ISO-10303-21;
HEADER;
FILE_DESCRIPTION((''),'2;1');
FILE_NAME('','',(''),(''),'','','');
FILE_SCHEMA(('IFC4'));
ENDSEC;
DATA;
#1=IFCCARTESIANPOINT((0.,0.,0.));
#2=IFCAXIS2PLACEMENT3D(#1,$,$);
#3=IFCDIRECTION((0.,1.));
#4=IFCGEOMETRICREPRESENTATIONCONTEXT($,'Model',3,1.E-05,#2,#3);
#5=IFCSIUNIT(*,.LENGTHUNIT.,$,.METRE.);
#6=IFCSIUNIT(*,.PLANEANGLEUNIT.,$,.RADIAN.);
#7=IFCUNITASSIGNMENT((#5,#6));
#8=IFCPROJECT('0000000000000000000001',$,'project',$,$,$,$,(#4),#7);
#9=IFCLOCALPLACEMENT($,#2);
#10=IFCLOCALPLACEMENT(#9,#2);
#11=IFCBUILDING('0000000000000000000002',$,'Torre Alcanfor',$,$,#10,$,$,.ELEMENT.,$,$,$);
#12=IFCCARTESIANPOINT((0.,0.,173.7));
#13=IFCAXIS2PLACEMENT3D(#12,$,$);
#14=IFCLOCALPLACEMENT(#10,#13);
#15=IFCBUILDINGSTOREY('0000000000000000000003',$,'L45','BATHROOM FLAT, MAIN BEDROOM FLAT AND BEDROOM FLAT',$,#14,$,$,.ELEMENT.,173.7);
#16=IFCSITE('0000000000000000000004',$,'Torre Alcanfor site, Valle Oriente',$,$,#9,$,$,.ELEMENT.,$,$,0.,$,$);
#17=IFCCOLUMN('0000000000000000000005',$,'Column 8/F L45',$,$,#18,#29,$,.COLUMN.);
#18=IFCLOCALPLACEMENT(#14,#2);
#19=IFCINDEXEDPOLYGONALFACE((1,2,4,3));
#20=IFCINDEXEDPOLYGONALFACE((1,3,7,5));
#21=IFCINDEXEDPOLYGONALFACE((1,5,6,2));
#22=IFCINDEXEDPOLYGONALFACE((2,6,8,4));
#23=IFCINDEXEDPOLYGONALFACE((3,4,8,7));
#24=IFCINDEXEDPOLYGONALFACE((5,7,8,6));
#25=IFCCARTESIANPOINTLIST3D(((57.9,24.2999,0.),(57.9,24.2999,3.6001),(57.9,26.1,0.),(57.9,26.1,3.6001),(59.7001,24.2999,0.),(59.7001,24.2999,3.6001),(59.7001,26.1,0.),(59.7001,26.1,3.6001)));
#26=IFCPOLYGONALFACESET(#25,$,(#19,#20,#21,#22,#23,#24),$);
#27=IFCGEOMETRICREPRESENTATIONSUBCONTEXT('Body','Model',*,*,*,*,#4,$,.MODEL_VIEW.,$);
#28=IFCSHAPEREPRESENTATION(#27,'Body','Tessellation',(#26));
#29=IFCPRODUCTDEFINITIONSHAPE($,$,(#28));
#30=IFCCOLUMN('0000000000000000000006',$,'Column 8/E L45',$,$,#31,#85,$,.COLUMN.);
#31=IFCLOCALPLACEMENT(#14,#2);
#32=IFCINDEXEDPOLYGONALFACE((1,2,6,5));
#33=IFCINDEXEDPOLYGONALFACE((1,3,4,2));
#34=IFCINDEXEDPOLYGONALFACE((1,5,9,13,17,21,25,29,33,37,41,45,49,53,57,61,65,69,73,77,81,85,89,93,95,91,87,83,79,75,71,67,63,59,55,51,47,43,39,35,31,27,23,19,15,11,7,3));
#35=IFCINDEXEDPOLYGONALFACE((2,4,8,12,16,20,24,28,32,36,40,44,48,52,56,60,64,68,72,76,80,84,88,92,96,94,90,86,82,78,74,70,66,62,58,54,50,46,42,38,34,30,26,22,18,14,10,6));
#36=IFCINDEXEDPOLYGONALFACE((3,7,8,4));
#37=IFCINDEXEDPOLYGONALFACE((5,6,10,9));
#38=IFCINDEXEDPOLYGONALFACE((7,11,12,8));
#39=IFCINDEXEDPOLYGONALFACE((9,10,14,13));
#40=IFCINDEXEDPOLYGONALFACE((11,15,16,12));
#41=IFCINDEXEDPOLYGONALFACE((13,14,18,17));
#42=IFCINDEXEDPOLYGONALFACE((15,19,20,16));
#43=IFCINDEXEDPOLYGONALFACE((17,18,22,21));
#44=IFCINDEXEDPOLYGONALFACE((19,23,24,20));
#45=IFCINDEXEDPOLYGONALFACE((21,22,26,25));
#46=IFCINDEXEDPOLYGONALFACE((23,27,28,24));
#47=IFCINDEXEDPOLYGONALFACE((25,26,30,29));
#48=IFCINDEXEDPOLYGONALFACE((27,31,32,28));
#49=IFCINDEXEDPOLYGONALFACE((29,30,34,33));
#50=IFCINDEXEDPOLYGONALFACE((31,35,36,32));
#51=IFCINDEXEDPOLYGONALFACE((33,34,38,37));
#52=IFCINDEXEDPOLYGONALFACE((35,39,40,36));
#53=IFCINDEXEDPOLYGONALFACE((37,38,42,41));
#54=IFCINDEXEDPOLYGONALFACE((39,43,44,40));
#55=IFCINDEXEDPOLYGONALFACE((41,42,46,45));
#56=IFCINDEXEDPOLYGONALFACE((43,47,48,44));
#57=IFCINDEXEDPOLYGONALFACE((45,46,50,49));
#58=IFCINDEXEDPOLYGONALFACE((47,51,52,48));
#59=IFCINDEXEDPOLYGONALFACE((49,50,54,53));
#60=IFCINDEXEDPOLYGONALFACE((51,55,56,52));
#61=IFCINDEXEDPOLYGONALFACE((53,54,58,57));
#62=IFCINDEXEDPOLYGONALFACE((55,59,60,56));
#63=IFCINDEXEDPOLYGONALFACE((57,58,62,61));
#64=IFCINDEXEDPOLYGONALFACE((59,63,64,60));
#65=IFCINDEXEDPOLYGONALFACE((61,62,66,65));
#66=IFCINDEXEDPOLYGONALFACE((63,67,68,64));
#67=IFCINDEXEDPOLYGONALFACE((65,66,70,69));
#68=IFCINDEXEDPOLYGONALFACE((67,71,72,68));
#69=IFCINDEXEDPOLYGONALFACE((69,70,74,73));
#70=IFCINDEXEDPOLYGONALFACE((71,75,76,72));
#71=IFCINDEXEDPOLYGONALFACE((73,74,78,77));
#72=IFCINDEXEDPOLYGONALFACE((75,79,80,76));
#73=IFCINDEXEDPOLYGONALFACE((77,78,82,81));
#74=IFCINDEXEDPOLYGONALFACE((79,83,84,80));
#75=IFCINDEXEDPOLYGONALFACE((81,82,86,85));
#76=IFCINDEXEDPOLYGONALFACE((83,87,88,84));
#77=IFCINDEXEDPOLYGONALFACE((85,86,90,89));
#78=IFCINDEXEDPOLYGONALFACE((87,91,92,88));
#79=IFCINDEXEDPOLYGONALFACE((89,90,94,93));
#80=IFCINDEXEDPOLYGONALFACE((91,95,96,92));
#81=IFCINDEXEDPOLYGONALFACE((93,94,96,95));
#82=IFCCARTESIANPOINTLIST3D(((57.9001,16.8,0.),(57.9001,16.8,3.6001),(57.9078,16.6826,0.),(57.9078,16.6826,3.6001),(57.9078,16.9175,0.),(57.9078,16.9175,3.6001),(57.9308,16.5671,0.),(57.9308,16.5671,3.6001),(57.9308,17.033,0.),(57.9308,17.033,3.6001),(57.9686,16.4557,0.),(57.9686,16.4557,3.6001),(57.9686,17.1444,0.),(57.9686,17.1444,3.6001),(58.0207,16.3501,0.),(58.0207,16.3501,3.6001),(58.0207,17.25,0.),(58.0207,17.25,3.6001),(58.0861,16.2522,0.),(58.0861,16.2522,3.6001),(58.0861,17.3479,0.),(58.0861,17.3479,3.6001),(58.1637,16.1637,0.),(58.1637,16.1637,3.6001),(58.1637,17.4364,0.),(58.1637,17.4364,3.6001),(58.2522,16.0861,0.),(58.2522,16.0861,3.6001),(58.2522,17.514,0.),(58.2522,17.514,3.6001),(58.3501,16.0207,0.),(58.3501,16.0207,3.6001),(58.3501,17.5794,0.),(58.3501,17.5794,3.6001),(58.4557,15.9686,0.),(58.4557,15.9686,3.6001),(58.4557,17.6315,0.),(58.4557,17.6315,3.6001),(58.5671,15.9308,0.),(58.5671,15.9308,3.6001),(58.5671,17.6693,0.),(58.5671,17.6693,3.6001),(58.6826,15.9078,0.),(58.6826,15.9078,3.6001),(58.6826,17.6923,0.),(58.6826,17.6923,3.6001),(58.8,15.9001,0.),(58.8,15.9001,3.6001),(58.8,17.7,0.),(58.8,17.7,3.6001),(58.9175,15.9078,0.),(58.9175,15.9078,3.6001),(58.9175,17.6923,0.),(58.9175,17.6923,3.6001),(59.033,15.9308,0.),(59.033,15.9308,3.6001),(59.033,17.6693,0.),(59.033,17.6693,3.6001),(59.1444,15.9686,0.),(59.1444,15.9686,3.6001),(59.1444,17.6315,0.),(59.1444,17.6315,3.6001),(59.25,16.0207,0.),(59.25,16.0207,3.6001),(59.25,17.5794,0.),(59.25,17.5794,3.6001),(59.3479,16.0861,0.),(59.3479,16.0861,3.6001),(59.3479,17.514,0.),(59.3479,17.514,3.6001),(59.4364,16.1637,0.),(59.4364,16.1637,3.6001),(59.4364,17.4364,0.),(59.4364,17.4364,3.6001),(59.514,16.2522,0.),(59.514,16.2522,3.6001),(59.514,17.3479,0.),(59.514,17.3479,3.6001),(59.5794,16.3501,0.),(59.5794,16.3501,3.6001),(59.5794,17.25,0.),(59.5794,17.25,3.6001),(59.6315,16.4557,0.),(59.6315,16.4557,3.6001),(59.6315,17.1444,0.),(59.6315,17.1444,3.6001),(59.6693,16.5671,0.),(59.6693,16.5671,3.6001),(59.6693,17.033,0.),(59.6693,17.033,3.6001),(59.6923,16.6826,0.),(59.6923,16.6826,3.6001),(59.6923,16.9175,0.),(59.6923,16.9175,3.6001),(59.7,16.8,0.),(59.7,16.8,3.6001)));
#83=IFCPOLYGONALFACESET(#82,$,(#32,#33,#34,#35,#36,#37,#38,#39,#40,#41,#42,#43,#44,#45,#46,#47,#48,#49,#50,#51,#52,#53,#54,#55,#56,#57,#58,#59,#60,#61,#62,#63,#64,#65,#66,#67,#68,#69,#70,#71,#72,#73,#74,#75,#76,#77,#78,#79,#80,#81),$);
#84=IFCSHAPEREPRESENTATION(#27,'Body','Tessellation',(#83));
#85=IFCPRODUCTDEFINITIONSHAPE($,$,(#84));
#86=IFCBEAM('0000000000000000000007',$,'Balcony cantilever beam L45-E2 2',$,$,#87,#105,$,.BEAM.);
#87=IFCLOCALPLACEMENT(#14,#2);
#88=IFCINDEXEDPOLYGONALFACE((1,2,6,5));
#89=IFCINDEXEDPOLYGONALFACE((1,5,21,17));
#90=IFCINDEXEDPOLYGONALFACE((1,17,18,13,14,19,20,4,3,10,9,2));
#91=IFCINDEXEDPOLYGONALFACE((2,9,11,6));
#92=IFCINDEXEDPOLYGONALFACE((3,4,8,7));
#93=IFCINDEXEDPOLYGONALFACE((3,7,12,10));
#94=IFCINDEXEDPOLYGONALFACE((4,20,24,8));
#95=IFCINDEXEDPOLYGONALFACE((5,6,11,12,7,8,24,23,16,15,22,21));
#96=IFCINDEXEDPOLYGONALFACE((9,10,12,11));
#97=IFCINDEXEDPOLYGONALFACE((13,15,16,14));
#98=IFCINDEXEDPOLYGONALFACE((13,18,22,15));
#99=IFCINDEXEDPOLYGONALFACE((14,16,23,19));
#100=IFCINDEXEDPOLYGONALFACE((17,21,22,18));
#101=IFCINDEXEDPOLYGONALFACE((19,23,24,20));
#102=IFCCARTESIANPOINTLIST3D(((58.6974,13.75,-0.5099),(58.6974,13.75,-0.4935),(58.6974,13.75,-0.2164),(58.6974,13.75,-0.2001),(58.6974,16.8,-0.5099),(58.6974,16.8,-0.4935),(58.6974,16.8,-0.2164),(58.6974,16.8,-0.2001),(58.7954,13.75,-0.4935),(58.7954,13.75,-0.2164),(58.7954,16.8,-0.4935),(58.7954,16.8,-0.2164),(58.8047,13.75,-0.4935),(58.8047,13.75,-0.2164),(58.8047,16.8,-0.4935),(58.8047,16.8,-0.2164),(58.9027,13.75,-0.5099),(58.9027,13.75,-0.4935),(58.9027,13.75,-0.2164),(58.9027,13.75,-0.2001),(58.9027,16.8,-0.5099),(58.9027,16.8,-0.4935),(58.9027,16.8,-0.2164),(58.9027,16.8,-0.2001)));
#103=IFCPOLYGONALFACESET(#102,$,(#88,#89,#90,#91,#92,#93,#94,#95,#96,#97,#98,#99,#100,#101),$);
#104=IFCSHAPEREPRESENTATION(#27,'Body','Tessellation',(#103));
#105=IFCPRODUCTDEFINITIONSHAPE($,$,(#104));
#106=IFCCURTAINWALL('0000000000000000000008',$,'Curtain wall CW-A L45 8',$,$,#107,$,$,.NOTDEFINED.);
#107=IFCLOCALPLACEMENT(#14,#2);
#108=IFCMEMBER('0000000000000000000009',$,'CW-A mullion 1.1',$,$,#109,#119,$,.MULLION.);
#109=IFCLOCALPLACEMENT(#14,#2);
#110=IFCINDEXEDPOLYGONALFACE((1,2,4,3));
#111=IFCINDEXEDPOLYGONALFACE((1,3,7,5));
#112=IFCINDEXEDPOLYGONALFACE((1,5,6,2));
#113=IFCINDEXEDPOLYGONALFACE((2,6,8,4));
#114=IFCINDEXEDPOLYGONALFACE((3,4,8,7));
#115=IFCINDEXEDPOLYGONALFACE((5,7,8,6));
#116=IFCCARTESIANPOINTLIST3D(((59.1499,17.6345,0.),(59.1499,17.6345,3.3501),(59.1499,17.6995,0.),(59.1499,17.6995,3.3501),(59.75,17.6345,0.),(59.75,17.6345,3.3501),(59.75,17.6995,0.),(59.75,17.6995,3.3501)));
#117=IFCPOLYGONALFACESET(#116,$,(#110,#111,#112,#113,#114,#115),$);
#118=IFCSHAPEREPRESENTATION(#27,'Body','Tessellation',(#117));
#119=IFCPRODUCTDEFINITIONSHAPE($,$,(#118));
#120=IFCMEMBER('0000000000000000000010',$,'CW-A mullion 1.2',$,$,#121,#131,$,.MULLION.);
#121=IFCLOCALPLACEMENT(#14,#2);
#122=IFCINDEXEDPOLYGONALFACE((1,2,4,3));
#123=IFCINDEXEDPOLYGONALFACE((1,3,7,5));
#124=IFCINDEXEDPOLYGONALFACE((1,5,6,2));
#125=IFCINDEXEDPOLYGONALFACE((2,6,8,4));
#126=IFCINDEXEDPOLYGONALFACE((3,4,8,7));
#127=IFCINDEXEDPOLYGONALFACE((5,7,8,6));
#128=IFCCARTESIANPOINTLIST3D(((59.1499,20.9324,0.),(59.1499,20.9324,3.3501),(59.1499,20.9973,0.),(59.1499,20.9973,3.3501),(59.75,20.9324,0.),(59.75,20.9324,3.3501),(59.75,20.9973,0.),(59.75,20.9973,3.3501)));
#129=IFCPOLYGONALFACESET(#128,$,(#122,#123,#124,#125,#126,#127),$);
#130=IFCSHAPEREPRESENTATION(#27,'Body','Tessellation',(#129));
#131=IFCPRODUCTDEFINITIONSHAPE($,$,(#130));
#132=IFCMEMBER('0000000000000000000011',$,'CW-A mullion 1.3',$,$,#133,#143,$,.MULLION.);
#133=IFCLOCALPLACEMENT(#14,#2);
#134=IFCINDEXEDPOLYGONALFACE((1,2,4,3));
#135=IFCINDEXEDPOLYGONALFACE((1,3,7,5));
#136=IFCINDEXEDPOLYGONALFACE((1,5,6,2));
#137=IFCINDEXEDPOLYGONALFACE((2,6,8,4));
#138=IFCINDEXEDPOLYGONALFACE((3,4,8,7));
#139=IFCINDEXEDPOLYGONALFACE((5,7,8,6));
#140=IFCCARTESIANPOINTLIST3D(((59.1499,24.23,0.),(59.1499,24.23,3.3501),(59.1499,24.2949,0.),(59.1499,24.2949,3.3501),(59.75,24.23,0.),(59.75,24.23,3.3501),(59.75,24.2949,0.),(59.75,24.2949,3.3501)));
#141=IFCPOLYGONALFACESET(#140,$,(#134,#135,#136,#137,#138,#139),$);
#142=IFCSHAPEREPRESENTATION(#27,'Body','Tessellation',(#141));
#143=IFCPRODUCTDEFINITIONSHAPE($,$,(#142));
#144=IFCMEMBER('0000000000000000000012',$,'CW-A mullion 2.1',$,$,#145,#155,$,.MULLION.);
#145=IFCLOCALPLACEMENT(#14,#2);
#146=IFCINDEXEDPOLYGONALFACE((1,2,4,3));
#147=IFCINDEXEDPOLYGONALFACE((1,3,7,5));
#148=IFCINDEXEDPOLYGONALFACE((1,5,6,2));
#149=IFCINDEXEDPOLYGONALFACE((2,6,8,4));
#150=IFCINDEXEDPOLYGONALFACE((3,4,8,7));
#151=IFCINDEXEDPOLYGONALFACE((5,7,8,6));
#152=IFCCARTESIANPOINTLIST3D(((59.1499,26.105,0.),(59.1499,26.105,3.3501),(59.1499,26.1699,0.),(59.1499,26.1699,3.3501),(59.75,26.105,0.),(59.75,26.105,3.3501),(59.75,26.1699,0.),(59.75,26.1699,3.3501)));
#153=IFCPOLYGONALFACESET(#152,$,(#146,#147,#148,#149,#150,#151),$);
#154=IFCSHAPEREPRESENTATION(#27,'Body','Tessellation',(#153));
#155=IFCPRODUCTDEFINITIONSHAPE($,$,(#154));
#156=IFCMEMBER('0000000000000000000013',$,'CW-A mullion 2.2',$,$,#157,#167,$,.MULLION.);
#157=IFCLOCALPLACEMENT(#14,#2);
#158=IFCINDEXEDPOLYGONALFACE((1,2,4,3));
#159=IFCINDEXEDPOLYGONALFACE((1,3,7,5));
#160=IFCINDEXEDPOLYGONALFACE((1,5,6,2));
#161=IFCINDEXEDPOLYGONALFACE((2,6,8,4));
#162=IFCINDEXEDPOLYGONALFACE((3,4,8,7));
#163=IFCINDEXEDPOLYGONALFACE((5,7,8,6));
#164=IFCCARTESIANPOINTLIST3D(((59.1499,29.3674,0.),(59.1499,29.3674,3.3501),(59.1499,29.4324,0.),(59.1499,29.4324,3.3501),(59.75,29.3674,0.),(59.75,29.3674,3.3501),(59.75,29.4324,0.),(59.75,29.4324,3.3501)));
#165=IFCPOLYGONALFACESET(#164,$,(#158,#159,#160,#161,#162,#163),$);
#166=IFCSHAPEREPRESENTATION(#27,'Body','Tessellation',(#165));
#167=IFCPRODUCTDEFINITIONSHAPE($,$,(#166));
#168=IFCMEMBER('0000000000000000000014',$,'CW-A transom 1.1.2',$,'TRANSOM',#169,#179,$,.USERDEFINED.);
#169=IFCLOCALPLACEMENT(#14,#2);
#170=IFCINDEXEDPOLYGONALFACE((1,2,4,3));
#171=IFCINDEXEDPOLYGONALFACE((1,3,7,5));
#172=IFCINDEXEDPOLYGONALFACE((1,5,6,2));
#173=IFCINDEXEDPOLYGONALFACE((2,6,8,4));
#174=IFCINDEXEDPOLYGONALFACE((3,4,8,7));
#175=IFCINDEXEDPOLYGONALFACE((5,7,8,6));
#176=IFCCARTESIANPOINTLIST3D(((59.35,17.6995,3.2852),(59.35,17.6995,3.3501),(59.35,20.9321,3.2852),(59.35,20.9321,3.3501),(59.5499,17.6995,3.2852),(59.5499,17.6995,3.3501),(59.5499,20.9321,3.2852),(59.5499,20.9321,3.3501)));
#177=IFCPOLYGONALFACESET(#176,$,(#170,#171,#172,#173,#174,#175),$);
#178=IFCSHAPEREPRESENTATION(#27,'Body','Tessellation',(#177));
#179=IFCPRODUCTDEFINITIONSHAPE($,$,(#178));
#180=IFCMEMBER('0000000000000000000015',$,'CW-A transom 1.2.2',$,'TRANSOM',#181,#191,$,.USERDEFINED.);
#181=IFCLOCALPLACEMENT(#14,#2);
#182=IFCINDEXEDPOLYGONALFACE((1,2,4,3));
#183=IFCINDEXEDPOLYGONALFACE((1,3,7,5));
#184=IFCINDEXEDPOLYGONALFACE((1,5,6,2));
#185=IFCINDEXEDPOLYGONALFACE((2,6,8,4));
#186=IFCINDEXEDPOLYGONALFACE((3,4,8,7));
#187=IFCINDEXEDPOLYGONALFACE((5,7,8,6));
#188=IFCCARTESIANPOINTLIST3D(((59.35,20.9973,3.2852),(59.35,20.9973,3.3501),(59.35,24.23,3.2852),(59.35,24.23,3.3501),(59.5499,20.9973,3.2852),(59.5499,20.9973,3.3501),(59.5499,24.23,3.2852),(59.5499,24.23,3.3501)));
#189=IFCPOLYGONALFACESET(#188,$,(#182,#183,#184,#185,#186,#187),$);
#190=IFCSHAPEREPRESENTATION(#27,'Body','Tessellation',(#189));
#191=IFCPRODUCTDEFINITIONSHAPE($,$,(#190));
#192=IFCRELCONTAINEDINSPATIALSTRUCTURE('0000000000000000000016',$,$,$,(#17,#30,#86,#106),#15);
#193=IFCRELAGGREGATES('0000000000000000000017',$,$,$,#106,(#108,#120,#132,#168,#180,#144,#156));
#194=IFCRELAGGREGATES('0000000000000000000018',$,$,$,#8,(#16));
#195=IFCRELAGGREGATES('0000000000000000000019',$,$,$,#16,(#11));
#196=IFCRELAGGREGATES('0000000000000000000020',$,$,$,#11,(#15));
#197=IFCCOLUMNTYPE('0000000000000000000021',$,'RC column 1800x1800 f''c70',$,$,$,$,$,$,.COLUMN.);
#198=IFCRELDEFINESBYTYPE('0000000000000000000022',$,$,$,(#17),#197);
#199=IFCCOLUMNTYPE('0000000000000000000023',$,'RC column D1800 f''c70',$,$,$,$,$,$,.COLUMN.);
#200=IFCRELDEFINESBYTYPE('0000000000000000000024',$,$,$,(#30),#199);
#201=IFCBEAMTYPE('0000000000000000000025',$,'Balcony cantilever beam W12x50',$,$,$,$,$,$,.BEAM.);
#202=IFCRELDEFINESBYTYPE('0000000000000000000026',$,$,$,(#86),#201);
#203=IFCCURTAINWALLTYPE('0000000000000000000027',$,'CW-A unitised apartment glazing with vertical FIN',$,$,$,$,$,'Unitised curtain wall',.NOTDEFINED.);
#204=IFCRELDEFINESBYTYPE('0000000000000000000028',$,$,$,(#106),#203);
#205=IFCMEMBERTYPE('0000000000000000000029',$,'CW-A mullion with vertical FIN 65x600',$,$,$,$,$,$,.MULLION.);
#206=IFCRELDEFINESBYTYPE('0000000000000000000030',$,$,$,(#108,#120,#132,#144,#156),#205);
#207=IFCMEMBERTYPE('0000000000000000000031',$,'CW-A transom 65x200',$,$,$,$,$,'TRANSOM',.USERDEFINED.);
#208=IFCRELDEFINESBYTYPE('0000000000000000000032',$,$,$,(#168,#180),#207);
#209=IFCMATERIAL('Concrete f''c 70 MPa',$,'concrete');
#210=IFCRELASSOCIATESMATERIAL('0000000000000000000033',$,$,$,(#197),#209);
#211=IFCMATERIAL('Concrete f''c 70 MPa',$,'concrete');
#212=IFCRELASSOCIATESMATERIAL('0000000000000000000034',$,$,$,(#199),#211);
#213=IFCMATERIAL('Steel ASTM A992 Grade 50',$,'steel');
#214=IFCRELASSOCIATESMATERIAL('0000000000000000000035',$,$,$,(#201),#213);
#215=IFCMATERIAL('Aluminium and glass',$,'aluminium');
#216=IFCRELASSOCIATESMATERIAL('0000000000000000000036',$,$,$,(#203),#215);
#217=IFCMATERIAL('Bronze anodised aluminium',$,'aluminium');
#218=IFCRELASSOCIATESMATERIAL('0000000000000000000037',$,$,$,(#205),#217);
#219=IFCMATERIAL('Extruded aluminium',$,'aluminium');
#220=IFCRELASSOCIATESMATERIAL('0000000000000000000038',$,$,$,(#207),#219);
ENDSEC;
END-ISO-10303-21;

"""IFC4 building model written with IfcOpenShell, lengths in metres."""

from ifc_helpers import new_model, si_unit, direction, frame, origin, origin_2d, place, context, subcontext, project, spatial, rectangle, circle, i_section, extrude, material, material_profile, profile_set, type_object, element, aggregate, save


model = new_model("IFC4")

# Units and contexts
model_context = context("Model", 3, precision=1e-05, world=origin(), true_north=direction((0.0, 1.0)))
body_context = subcontext(model_context, "Body", "Model", "MODEL_VIEW")
ifc_project = project(units=[si_unit("LENGTHUNIT", "METRE"), si_unit("PLANEANGLEUNIT", "RADIAN")], contexts=[model_context])

# Site, building, storey
site_placement = place(None, origin())
site = spatial("IfcSite", under=ifc_project, at=site_placement, Name="Torre Alcanfor site, Valle Oriente", CompositionType="ELEMENT", RefElevation=0.0)
building_placement = place(site_placement, origin())
building = spatial("IfcBuilding", under=site, at=building_placement, Name="Torre Alcanfor", CompositionType="ELEMENT")
storey_placement = place(building_placement, frame((0.0, 0.0, 173.7)))
storey = spatial("IfcBuildingStorey", under=building, at=storey_placement, Name="L45", Description="BATHROOM FLAT, MAIN BEDROOM FLAT AND BEDROOM FLAT", CompositionType="ELEMENT", Elevation=173.7)

# Columns
ifc_material_1 = material(Name="Concrete f'c 70 MPa", Category="concrete")
ifc_material_profile_1 = material_profile(ifc_material_1, rectangle(XDim=1.8, YDim=1.8, at=origin_2d()), Name="1800x1800")
ifc_profile_set_1 = profile_set([ifc_material_profile_1], Name="Concrete f'c 70 MPa")
column_type_1 = type_object("IfcColumnType", Name="RC column 1800x1800 f'c70", PredefinedType="COLUMN", material=ifc_profile_set_1)
column_1_placement = place(storey_placement, frame((58.8, 25.2, 0.0), z_axis=(0.0, 0.0, 1.0), x_axis=(1.0, 0.0, 0.0)))
element("IfcColumn", 1, at=column_1_placement, inside=storey, type_object=column_type_1, Name="Column 8/F L45", PredefinedType="COLUMN", context=body_context, shape_type="SweptSolid", body=[
    extrude(rectangle(XDim=1.8, YDim=1.8, at=origin_2d()), origin(), (0.0, 0.0, 1.0), 3.6001),
])
ifc_material_2 = material(Name="Concrete f'c 70 MPa", Category="concrete")
ifc_material_profile_2 = material_profile(ifc_material_2, circle(Radius=0.8999, at=origin_2d()), Name="D1800")
ifc_profile_set_2 = profile_set([ifc_material_profile_2], Name="Concrete f'c 70 MPa")
column_type_2 = type_object("IfcColumnType", Name="RC column D1800 f'c70", PredefinedType="COLUMN", material=ifc_profile_set_2)
column_2_placement = place(storey_placement, frame((58.8, 16.8, 0.0), z_axis=(0.0, 0.0, 1.0), x_axis=(1.0, 0.0, 0.0)))
element("IfcColumn", 2, at=column_2_placement, inside=storey, type_object=column_type_2, Name="Column 8/E L45", PredefinedType="COLUMN", context=body_context, shape_type="SweptSolid", body=[
    extrude(circle(Radius=0.8999, at=origin_2d()), origin(), (0.0, 0.0, 1.0), 3.6001),
])

# Beam
ifc_material_3 = material(Name="Steel ASTM A992 Grade 50", Category="steel")
ifc_material_profile_3 = material_profile(ifc_material_3, i_section(OverallWidth=0.2053, OverallDepth=0.3098, WebThickness=0.0093, FlangeThickness=0.0164, at=origin_2d()), Name="W12x50")
ifc_profile_set_3 = profile_set([ifc_material_profile_3], Name="Steel ASTM A992 Grade 50")
beam_type_1 = type_object("IfcBeamType", Name="Balcony cantilever beam W12x50", PredefinedType="BEAM", material=ifc_profile_set_3)
beam_1_placement = place(storey_placement, frame((58.8, 16.8, -0.355), z_axis=(0.0, -1.0, 0.0), x_axis=(1.0, 0.0, 0.0)))
element("IfcBeam", 3, at=beam_1_placement, inside=storey, type_object=beam_type_1, Name="Balcony cantilever beam L45-E2 2", PredefinedType="BEAM", context=body_context, shape_type="SweptSolid", body=[
    extrude(i_section(OverallWidth=0.2053, OverallDepth=0.3098, WebThickness=0.0093, FlangeThickness=0.0164, at=origin_2d()), origin(), (0.0, 0.0, 1.0), 3.05),
])

# Curtain wall, members
ifc_material_4 = material(Name="Aluminium and glass", Category="aluminium")
curtain_wall_type = type_object("IfcCurtainWallType", Name="CW-A unitised apartment glazing with vertical FIN", ElementType="Unitised curtain wall", PredefinedType="NOTDEFINED", material=ifc_material_4)
curtain_wall_placement = place(storey_placement, origin())
curtain_wall = element("IfcCurtainWall", 4, at=curtain_wall_placement, inside=storey, type_object=curtain_wall_type, Name="Curtain wall CW-A L45 8", PredefinedType="NOTDEFINED")
ifc_material_5 = material(Name="Bronze anodised aluminium", Category="aluminium")
ifc_material_profile_4 = material_profile(ifc_material_5, rectangle(XDim=0.6001, YDim=0.0649, at=origin_2d()), Name="CW-A mullion 65x600")
ifc_profile_set_4 = profile_set([ifc_material_profile_4], Name="Bronze anodised aluminium")
member_type_1 = type_object("IfcMemberType", Name="CW-A mullion with vertical FIN 65x600", PredefinedType="MULLION", material=ifc_profile_set_4)
member_1_placement = place(storey_placement, frame((59.45, 17.667, 0.0), z_axis=(0.0, 0.0, 1.0), x_axis=(-1.0, 0.0, 0.0)))
member_1 = element("IfcMember", 5, at=member_1_placement, type_object=member_type_1, Name="CW-A mullion 1.1", PredefinedType="MULLION", context=body_context, shape_type="SweptSolid", body=[
    extrude(rectangle(XDim=0.6001, YDim=0.0649, at=origin_2d()), origin(), (0.0, 0.0, 1.0), 3.3501),
])
member_2_placement = place(storey_placement, frame((59.45, 20.9648, 0.0), z_axis=(0.0, 0.0, 1.0), x_axis=(-1.0, 0.0, 0.0)))
member_2 = element("IfcMember", 6, at=member_2_placement, type_object=member_type_1, Name="CW-A mullion 1.2", PredefinedType="MULLION", context=body_context, shape_type="SweptSolid", body=[
    extrude(rectangle(XDim=0.6001, YDim=0.0649, at=origin_2d()), origin(), (0.0, 0.0, 1.0), 3.3501),
])
member_3_placement = place(storey_placement, frame((59.45, 24.2625, 0.0), z_axis=(0.0, 0.0, 1.0), x_axis=(-1.0, 0.0, 0.0)))
member_3 = element("IfcMember", 7, at=member_3_placement, type_object=member_type_1, Name="CW-A mullion 1.3", PredefinedType="MULLION", context=body_context, shape_type="SweptSolid", body=[
    extrude(rectangle(XDim=0.6001, YDim=0.0649, at=origin_2d()), origin(), (0.0, 0.0, 1.0), 3.3501),
])
member_4_placement = place(storey_placement, frame((59.45, 26.1375, 0.0), z_axis=(0.0, 0.0, 1.0), x_axis=(-1.0, 0.0, 0.0)))
member_4 = element("IfcMember", 8, at=member_4_placement, type_object=member_type_1, Name="CW-A mullion 2.1", PredefinedType="MULLION", context=body_context, shape_type="SweptSolid", body=[
    extrude(rectangle(XDim=0.6001, YDim=0.0649, at=origin_2d()), origin(), (0.0, 0.0, 1.0), 3.3501),
])
member_5_placement = place(storey_placement, frame((59.45, 29.3999, 0.0), z_axis=(0.0, 0.0, 1.0), x_axis=(-1.0, 0.0, 0.0)))
member_5 = element("IfcMember", 9, at=member_5_placement, type_object=member_type_1, Name="CW-A mullion 2.2", PredefinedType="MULLION", context=body_context, shape_type="SweptSolid", body=[
    extrude(rectangle(XDim=0.6001, YDim=0.0649, at=origin_2d()), origin(), (0.0, 0.0, 1.0), 3.3501),
])
ifc_material_6 = material(Name="Extruded aluminium", Category="aluminium")
ifc_material_profile_5 = material_profile(ifc_material_6, rectangle(XDim=0.2, YDim=0.0649, at=origin_2d()), Name="CW-A transom 200x65")
ifc_profile_set_5 = profile_set([ifc_material_profile_5], Name="Extruded aluminium")
member_type_2 = type_object("IfcMemberType", Name="CW-A transom 65x200", ElementType="TRANSOM", PredefinedType="USERDEFINED", material=ifc_profile_set_5)
member_6_placement = place(storey_placement, frame((59.45, 17.6995, 3.3176), z_axis=(0.0, 1.0, 0.0), x_axis=(-1.0, 0.0, 0.0)))
member_6 = element("IfcMember", 10, at=member_6_placement, type_object=member_type_2, Name="CW-A transom 1.1.2", ObjectType="TRANSOM", PredefinedType="USERDEFINED", context=body_context, shape_type="SweptSolid", body=[
    extrude(rectangle(XDim=0.2, YDim=0.0649, at=origin_2d()), origin(), (0.0, 0.0, 1.0), 3.2327),
])
member_7_placement = place(storey_placement, frame((59.45, 20.9973, 3.3176), z_axis=(0.0, 1.0, 0.0), x_axis=(-1.0, 0.0, 0.0)))
member_7 = element("IfcMember", 11, at=member_7_placement, type_object=member_type_2, Name="CW-A transom 1.2.2", ObjectType="TRANSOM", PredefinedType="USERDEFINED", context=body_context, shape_type="SweptSolid", body=[
    extrude(rectangle(XDim=0.2, YDim=0.0649, at=origin_2d()), origin(), (0.0, 0.0, 1.0), 3.2327),
])

aggregate(curtain_wall, [member_1, member_2, member_3, member_6, member_7, member_4, member_5])

save(model, "model.ifc")
